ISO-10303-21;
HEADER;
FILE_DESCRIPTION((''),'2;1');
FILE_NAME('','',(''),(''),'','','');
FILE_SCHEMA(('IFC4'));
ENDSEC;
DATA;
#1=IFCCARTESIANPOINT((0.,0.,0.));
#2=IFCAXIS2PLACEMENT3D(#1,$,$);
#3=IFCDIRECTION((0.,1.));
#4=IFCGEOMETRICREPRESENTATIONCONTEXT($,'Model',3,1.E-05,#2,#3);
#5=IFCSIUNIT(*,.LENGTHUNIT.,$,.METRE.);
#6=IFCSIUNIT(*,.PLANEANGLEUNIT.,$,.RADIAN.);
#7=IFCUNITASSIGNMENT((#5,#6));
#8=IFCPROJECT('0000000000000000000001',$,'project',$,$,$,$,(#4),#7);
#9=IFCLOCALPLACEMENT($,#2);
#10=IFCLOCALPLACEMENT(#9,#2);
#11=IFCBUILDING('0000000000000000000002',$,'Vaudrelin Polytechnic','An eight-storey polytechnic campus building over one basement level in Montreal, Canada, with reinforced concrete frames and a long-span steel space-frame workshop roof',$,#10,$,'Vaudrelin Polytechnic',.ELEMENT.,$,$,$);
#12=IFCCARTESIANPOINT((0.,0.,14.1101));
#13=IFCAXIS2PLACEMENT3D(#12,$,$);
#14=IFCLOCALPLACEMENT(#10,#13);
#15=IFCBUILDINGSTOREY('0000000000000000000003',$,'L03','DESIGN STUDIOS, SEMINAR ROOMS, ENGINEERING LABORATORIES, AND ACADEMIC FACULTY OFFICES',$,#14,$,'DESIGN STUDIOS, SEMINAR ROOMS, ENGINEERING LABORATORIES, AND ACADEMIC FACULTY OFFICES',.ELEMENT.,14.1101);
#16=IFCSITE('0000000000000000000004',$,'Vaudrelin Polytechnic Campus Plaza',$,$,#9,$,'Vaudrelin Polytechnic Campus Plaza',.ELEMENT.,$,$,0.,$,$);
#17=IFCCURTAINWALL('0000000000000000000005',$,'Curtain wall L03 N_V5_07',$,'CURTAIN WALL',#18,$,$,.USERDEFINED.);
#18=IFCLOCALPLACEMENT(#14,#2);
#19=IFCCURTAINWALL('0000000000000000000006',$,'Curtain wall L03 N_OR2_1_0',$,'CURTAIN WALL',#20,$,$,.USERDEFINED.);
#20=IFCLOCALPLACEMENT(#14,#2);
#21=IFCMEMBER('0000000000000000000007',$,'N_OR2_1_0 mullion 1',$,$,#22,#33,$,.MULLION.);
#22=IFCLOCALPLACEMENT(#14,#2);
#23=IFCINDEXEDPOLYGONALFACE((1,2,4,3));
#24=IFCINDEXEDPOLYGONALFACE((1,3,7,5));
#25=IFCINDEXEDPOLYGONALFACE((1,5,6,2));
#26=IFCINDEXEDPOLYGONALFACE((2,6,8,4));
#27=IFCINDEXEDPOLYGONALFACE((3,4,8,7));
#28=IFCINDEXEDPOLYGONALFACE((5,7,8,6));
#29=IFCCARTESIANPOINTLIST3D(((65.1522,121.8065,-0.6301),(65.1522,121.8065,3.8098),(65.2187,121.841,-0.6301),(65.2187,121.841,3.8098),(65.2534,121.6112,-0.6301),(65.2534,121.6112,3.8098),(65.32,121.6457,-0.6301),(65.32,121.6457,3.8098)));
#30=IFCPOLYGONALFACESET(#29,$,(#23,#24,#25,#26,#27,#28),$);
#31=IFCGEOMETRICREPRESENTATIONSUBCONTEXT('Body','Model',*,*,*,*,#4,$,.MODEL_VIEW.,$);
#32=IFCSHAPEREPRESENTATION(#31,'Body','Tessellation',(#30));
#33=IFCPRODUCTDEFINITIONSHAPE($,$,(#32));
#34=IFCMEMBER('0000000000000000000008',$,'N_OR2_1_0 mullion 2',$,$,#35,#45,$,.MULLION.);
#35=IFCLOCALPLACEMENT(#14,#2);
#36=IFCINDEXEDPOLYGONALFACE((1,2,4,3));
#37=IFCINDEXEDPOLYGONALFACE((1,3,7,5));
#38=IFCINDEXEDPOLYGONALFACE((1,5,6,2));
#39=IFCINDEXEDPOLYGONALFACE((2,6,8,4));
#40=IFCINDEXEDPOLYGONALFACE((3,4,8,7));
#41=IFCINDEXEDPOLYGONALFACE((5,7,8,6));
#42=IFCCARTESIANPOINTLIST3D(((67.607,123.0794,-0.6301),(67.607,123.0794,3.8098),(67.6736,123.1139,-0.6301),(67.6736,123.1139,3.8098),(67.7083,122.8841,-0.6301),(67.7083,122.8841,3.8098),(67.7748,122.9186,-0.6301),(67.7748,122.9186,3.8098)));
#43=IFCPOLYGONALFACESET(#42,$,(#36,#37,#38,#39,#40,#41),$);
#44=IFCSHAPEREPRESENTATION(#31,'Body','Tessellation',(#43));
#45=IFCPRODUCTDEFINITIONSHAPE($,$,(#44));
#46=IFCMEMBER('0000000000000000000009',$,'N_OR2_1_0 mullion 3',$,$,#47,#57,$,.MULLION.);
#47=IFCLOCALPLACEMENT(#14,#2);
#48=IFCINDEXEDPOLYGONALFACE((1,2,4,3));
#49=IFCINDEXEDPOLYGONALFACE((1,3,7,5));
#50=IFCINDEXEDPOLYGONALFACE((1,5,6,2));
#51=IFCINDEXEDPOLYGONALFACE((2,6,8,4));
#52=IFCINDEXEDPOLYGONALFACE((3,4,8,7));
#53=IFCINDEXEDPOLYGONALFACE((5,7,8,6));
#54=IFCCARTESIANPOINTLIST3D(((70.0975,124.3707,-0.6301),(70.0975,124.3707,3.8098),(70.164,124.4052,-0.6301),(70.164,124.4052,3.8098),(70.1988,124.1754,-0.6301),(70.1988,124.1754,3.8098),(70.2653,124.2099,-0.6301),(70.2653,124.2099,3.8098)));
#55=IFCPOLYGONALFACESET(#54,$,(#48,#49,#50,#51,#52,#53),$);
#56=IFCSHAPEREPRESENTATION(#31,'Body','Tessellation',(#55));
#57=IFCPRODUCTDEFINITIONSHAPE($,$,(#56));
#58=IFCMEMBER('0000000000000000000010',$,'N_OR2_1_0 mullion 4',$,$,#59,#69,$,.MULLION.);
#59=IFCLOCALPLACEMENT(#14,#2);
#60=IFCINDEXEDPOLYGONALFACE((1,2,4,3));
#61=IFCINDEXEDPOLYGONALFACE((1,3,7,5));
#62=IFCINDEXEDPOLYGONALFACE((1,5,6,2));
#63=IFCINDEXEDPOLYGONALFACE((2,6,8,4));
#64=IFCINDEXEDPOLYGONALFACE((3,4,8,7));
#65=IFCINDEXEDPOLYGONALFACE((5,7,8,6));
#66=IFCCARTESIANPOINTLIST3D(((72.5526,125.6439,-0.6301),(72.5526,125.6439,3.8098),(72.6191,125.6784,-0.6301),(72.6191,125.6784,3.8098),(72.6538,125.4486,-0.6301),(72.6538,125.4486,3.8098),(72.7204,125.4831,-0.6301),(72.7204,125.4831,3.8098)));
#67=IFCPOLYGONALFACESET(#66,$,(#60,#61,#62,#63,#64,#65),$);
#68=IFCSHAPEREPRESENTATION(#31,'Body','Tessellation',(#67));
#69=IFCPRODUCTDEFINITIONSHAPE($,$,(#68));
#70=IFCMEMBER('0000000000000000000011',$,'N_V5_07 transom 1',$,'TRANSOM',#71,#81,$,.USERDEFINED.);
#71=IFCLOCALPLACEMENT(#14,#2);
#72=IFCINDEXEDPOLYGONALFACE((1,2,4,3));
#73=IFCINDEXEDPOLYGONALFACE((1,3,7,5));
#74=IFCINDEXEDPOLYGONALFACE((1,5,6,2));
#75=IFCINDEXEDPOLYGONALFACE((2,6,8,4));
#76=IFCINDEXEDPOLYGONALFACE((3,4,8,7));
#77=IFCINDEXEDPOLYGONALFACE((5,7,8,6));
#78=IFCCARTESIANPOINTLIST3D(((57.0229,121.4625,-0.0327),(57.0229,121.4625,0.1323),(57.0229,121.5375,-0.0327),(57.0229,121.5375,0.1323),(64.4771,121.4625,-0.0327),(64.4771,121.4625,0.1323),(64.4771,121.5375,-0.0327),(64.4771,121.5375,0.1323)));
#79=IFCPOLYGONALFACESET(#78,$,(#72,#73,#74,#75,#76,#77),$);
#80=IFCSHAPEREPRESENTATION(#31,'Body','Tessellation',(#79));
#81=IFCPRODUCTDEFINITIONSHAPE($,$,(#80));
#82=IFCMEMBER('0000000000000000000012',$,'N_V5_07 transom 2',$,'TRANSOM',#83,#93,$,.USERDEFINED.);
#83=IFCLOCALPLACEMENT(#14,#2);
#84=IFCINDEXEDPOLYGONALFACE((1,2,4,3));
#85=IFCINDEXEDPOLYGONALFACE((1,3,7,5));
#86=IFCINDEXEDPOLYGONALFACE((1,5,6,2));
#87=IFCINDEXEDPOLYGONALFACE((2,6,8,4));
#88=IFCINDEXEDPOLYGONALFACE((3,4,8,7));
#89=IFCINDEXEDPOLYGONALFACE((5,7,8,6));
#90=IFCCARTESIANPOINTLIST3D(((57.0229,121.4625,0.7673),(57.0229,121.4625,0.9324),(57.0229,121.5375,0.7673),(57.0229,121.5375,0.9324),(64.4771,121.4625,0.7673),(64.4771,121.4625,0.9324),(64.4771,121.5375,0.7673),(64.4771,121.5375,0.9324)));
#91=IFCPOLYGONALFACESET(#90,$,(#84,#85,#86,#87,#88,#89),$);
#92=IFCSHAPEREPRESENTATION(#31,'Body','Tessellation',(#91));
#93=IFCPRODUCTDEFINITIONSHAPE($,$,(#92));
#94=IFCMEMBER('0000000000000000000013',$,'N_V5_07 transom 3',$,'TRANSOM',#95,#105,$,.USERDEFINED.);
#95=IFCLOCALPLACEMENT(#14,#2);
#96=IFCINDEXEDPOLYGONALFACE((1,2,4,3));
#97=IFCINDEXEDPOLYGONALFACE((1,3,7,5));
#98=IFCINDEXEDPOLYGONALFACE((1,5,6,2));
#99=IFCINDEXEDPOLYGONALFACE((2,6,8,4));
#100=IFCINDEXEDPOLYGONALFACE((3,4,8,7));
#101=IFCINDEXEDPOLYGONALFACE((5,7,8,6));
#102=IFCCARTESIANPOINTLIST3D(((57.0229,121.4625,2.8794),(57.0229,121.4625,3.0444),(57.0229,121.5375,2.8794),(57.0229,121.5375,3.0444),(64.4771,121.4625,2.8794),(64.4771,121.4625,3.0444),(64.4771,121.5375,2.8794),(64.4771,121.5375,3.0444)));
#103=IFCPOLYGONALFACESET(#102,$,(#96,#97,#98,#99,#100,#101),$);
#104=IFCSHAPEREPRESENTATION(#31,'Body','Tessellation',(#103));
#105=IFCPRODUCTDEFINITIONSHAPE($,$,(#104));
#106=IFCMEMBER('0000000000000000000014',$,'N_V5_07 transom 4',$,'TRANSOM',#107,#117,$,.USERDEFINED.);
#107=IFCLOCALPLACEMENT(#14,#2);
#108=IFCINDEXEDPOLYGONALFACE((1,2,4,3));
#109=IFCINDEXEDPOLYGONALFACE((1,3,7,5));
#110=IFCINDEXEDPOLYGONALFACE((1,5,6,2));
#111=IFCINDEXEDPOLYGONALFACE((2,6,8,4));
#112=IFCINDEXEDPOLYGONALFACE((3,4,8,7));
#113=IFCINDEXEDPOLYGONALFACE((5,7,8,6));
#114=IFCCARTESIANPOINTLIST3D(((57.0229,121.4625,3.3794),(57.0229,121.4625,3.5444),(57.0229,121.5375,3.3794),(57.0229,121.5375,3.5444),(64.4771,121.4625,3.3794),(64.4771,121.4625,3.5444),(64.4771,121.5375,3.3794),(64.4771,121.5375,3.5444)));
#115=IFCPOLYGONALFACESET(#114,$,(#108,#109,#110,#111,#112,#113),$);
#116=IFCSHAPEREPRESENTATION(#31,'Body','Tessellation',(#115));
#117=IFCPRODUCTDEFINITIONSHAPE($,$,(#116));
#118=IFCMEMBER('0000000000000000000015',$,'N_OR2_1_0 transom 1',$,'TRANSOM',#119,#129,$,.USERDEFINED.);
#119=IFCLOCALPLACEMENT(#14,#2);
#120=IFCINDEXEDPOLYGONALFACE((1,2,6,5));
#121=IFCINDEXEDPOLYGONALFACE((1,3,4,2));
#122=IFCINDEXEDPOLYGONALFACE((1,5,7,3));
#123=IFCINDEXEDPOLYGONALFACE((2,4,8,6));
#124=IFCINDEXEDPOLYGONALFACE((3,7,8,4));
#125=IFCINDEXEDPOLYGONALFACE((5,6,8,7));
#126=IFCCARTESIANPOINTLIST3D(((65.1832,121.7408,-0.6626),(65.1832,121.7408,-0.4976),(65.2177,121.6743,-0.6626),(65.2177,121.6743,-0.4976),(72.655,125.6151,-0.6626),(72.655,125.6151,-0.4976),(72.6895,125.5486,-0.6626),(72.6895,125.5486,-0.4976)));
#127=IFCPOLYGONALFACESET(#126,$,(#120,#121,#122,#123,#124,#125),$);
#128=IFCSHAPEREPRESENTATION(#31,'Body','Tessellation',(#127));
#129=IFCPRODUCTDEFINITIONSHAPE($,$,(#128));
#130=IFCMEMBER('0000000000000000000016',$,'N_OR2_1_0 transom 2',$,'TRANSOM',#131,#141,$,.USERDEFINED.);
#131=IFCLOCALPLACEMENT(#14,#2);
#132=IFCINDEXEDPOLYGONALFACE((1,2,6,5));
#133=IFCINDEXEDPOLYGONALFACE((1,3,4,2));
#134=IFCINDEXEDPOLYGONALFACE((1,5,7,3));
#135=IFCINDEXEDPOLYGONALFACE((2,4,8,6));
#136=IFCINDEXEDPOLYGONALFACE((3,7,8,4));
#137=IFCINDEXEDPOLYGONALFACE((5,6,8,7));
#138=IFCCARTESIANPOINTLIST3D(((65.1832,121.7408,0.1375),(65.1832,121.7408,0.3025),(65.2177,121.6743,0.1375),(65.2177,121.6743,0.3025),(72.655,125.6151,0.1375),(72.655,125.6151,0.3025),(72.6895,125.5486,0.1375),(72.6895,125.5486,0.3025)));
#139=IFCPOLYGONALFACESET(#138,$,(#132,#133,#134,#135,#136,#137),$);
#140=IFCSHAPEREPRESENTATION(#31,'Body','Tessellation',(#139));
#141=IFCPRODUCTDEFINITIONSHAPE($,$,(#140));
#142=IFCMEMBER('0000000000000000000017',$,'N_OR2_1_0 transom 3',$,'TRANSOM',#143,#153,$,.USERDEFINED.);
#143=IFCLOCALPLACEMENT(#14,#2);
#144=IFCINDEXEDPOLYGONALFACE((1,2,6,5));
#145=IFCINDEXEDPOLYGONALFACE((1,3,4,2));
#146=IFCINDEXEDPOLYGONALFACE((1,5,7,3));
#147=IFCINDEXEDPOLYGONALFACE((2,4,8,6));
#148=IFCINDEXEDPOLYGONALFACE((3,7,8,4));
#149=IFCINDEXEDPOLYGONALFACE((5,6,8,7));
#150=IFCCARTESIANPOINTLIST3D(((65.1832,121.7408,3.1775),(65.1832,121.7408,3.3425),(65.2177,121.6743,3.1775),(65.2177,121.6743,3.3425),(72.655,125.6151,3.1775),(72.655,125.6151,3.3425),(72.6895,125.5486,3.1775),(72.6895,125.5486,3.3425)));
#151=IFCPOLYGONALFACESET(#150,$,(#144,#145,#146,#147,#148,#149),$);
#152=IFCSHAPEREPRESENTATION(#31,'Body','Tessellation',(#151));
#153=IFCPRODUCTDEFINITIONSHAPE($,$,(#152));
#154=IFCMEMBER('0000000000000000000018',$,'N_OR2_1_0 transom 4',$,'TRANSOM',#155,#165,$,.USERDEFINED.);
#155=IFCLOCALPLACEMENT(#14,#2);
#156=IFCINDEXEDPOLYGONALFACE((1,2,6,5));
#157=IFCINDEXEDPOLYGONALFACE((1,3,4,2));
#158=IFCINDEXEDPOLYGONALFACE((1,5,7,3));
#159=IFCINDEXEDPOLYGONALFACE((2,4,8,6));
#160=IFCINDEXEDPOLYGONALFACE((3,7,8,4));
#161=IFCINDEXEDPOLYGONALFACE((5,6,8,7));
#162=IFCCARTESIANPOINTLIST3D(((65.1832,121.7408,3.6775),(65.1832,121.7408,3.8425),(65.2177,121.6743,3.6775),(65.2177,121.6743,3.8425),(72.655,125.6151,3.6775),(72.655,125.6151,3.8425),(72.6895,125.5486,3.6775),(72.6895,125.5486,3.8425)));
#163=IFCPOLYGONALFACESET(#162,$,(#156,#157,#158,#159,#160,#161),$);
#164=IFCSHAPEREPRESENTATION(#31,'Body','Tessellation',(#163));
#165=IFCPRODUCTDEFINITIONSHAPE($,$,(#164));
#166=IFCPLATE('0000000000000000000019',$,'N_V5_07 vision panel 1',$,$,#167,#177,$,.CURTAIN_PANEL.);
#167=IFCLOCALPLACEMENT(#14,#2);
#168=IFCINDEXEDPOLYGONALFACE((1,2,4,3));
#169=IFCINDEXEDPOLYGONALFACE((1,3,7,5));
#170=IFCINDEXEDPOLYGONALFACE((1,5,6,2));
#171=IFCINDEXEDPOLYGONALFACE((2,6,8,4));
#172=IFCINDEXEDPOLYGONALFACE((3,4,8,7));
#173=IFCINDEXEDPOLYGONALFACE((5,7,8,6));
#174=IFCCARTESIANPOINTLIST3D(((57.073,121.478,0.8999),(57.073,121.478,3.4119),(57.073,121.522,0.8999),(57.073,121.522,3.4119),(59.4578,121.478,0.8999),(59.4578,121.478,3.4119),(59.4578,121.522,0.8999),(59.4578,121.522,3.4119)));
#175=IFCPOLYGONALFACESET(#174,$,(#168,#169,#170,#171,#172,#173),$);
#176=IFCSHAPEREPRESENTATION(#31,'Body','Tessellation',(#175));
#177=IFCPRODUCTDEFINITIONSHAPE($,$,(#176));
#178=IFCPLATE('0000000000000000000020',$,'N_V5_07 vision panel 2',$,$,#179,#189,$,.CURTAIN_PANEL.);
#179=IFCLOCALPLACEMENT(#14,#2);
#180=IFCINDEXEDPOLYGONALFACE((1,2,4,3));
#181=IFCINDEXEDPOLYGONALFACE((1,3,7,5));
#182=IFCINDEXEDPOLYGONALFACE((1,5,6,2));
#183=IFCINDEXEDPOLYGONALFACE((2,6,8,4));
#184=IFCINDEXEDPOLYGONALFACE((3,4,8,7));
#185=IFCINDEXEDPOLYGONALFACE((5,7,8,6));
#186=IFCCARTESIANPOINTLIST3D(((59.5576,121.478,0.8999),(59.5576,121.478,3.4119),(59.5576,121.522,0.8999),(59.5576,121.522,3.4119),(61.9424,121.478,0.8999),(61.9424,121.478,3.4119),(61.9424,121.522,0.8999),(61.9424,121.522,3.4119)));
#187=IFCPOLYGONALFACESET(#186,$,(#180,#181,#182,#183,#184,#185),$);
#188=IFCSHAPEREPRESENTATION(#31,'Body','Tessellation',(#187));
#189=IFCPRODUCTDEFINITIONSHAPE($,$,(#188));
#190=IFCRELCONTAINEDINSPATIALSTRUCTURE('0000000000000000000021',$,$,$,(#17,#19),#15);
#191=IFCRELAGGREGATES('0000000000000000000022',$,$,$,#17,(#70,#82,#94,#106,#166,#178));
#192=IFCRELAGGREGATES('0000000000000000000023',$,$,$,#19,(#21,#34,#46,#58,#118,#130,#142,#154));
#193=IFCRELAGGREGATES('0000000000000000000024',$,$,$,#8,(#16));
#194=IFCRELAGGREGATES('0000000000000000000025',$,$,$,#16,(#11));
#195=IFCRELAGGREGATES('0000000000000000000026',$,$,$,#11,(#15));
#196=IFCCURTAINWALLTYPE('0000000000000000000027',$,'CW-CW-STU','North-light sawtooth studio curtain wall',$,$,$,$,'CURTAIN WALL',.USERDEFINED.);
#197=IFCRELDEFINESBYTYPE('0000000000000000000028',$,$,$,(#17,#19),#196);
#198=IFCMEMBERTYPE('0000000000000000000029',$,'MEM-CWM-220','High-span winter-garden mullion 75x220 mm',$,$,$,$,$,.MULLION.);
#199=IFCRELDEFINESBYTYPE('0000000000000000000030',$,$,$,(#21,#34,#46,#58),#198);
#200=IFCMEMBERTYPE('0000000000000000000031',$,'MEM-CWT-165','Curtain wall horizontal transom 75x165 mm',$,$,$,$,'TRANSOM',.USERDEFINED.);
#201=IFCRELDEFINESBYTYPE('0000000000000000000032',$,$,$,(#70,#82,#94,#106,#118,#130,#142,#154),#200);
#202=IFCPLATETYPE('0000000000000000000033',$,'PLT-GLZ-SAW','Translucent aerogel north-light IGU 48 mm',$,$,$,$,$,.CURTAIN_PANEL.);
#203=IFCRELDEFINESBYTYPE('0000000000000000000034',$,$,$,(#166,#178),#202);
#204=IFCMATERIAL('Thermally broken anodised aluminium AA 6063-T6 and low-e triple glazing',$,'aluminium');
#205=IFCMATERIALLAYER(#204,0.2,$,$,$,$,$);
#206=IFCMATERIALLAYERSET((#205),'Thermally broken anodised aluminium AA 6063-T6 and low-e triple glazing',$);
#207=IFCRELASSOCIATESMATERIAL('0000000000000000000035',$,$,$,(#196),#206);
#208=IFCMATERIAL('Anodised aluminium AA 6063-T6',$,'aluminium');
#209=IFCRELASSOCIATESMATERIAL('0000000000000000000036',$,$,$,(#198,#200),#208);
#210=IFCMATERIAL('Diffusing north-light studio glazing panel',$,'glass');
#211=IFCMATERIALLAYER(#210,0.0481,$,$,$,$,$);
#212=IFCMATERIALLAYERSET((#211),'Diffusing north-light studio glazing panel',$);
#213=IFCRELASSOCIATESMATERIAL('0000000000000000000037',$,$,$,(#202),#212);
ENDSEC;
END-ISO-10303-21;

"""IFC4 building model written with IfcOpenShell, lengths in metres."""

from ifc_helpers import new_model, si_unit, direction, frame, origin, origin_2d, place, context, subcontext, project, spatial, rectangle, extrude, material, layer, layer_set, material_profile, profile_set, type_object, element, aggregate, save


model = new_model("IFC4")

# Units and contexts
model_context = context("Model", 3, precision=1e-05, world=origin(), true_north=direction((0.0, 1.0)))
body_context = subcontext(model_context, "Body", "Model", "MODEL_VIEW")
ifc_project = project(units=[si_unit("LENGTHUNIT", "METRE"), si_unit("PLANEANGLEUNIT", "RADIAN")], contexts=[model_context])

# Site, building, storey
site_placement = place(None, origin())
site = spatial("IfcSite", under=ifc_project, at=site_placement, Name="Vaudrelin Polytechnic Campus Plaza", LongName="Vaudrelin Polytechnic Campus Plaza", CompositionType="ELEMENT", RefElevation=0.0)
building_placement = place(site_placement, origin())
building = spatial("IfcBuilding", under=site, at=building_placement, Name="Vaudrelin Polytechnic", Description="An eight-storey polytechnic campus building over one basement level in Montreal, Canada, with reinforced concrete frames and a long-span steel space-frame workshop roof", LongName="Vaudrelin Polytechnic", CompositionType="ELEMENT")
storey_placement = place(building_placement, frame((0.0, 0.0, 14.1101)))
storey = spatial("IfcBuildingStorey", under=building, at=storey_placement, Name="L03", Description="DESIGN STUDIOS, SEMINAR ROOMS, ENGINEERING LABORATORIES, AND ACADEMIC FACULTY OFFICES", LongName="DESIGN STUDIOS, SEMINAR ROOMS, ENGINEERING LABORATORIES, AND ACADEMIC FACULTY OFFICES", CompositionType="ELEMENT", Elevation=14.1101)

# Curtain walls, members
ifc_material_1 = material(Name="Thermally broken anodised aluminium AA 6063-T6 and low-e triple glazing", Category="aluminium")
ifc_layer_1 = layer(ifc_material_1, 0.2)
ifc_layer_set_1 = layer_set([ifc_layer_1], Name="Thermally broken anodised aluminium AA 6063-T6 and low-e triple glazing")
curtain_wall_type = type_object("IfcCurtainWallType", Name="CW-CW-STU", Description="North-light sawtooth studio curtain wall", ElementType="CURTAIN WALL", PredefinedType="USERDEFINED", material=ifc_layer_set_1)
curtain_wall_1_placement = place(storey_placement, origin())
curtain_wall_1 = element("IfcCurtainWall", 1, at=curtain_wall_1_placement, inside=storey, type_object=curtain_wall_type, Name="Curtain wall L03 N_V5_07", ObjectType="CURTAIN WALL", PredefinedType="USERDEFINED")
ifc_material_2 = material(Name="Anodised aluminium AA 6063-T6", Category="aluminium")
curtain_wall_2_placement = place(storey_placement, origin())
curtain_wall_2 = element("IfcCurtainWall", 2, at=curtain_wall_2_placement, inside=storey, type_object=curtain_wall_type, Name="Curtain wall L03 N_OR2_1_0", ObjectType="CURTAIN WALL", PredefinedType="USERDEFINED")
ifc_material_profile_1 = material_profile(ifc_material_2, rectangle(XDim=0.075, YDim=0.22, at=origin_2d()), Name="CWM-75x220")
ifc_profile_set_1 = profile_set([ifc_material_profile_1], Name="Anodised aluminium AA 6063-T6")
member_type_1 = type_object("IfcMemberType", Name="MEM-CWM-220", Description="High-span winter-garden mullion 75x220 mm", PredefinedType="MULLION", material=ifc_profile_set_1)
member_1_placement = place(storey_placement, frame((65.2361, 121.7261, -0.6301), z_axis=(0.0, 0.0, 1.0), x_axis=(0.88775, 0.460325, 0.0)))
member_1 = element("IfcMember", 3, at=member_1_placement, type_object=member_type_1, Name="N_OR2_1_0 mullion 1", PredefinedType="MULLION", context=body_context, shape_type="SweptSolid", body=[
    extrude(rectangle(XDim=0.075, YDim=0.22, at=origin_2d()), origin(), (0.0, 0.0, 1.0), 4.4399),
])
member_2_placement = place(storey_placement, frame((67.6909, 122.999, -0.6301), z_axis=(0.0, 0.0, 1.0), x_axis=(0.88775, 0.460325, 0.0)))
member_2 = element("IfcMember", 4, at=member_2_placement, type_object=member_type_1, Name="N_OR2_1_0 mullion 2", PredefinedType="MULLION", context=body_context, shape_type="SweptSolid", body=[
    extrude(rectangle(XDim=0.075, YDim=0.22, at=origin_2d()), origin(), (0.0, 0.0, 1.0), 4.4399),
])
member_3_placement = place(storey_placement, frame((70.1814, 124.2903, -0.6301), z_axis=(0.0, 0.0, 1.0), x_axis=(0.88775, 0.460325, 0.0)))
member_3 = element("IfcMember", 5, at=member_3_placement, type_object=member_type_1, Name="N_OR2_1_0 mullion 3", PredefinedType="MULLION", context=body_context, shape_type="SweptSolid", body=[
    extrude(rectangle(XDim=0.075, YDim=0.22, at=origin_2d()), origin(), (0.0, 0.0, 1.0), 4.4399),
])
member_4_placement = place(storey_placement, frame((72.6365, 125.5635, -0.6301), z_axis=(0.0, 0.0, 1.0), x_axis=(0.88775, 0.460325, 0.0)))
member_4 = element("IfcMember", 6, at=member_4_placement, type_object=member_type_1, Name="N_OR2_1_0 mullion 4", PredefinedType="MULLION", context=body_context, shape_type="SweptSolid", body=[
    extrude(rectangle(XDim=0.075, YDim=0.22, at=origin_2d()), origin(), (0.0, 0.0, 1.0), 4.4399),
])

# Members
ifc_material_profile_2 = material_profile(ifc_material_2, rectangle(XDim=0.075, YDim=0.165, at=origin_2d()), Name="CWT-75x165")
ifc_profile_set_2 = profile_set([ifc_material_profile_2], Name="Anodised aluminium AA 6063-T6")
member_type_2 = type_object("IfcMemberType", Name="MEM-CWT-165", Description="Curtain wall horizontal transom 75x165 mm", ElementType="TRANSOM", PredefinedType="USERDEFINED", material=ifc_profile_set_2)
member_5_placement = place(storey_placement, frame((57.0229, 121.5, 0.0498), z_axis=(1.0, 0.0, 0.0), x_axis=(0.0, 1.0, 0.0)))
member_5 = element("IfcMember", 7, at=member_5_placement, type_object=member_type_2, Name="N_V5_07 transom 1", ObjectType="TRANSOM", PredefinedType="USERDEFINED", context=body_context, shape_type="SweptSolid", body=[
    extrude(rectangle(XDim=0.075, YDim=0.165, at=origin_2d()), origin(), (0.0, 0.0, 1.0), 7.4541),
])
member_6_placement = place(storey_placement, frame((57.0229, 121.5, 0.8499), z_axis=(1.0, 0.0, 0.0), x_axis=(0.0, 1.0, 0.0)))
member_6 = element("IfcMember", 8, at=member_6_placement, type_object=member_type_2, Name="N_V5_07 transom 2", ObjectType="TRANSOM", PredefinedType="USERDEFINED", context=body_context, shape_type="SweptSolid", body=[
    extrude(rectangle(XDim=0.075, YDim=0.165, at=origin_2d()), origin(), (0.0, 0.0, 1.0), 7.4541),
])
member_7_placement = place(storey_placement, frame((57.0229, 121.5, 2.9619), z_axis=(1.0, 0.0, 0.0), x_axis=(0.0, 1.0, 0.0)))
member_7 = element("IfcMember", 9, at=member_7_placement, type_object=member_type_2, Name="N_V5_07 transom 3", ObjectType="TRANSOM", PredefinedType="USERDEFINED", context=body_context, shape_type="SweptSolid", body=[
    extrude(rectangle(XDim=0.075, YDim=0.165, at=origin_2d()), origin(), (0.0, 0.0, 1.0), 7.4541),
])
member_8_placement = place(storey_placement, frame((57.0229, 121.5, 3.4619), z_axis=(1.0, 0.0, 0.0), x_axis=(0.0, 1.0, 0.0)))
member_8 = element("IfcMember", 10, at=member_8_placement, type_object=member_type_2, Name="N_V5_07 transom 4", ObjectType="TRANSOM", PredefinedType="USERDEFINED", context=body_context, shape_type="SweptSolid", body=[
    extrude(rectangle(XDim=0.075, YDim=0.165, at=origin_2d()), origin(), (0.0, 0.0, 1.0), 7.4541),
])
member_9_placement = place(storey_placement, frame((65.2004, 121.7075, -0.5801), z_axis=(0.887751, 0.460323, 0.0), x_axis=(-0.460323, 0.887751, 0.0)))
member_9 = element("IfcMember", 11, at=member_9_placement, type_object=member_type_2, Name="N_OR2_1_0 transom 1", ObjectType="TRANSOM", PredefinedType="USERDEFINED", context=body_context, shape_type="SweptSolid", body=[
    extrude(rectangle(XDim=0.075, YDim=0.165, at=origin_2d()), origin(), (0.0, 0.0, 1.0), 8.4165),
])
member_10_placement = place(storey_placement, frame((65.2004, 121.7075, 0.22), z_axis=(0.887751, 0.460323, 0.0), x_axis=(-0.460323, 0.887751, 0.0)))
member_10 = element("IfcMember", 12, at=member_10_placement, type_object=member_type_2, Name="N_OR2_1_0 transom 2", ObjectType="TRANSOM", PredefinedType="USERDEFINED", context=body_context, shape_type="SweptSolid", body=[
    extrude(rectangle(XDim=0.075, YDim=0.165, at=origin_2d()), origin(), (0.0, 0.0, 1.0), 8.4165),
])
member_11_placement = place(storey_placement, frame((65.2004, 121.7075, 3.26), z_axis=(0.887751, 0.460323, 0.0), x_axis=(-0.460323, 0.887751, 0.0)))
member_11 = element("IfcMember", 13, at=member_11_placement, type_object=member_type_2, Name="N_OR2_1_0 transom 3", ObjectType="TRANSOM", PredefinedType="USERDEFINED", context=body_context, shape_type="SweptSolid", body=[
    extrude(rectangle(XDim=0.075, YDim=0.165, at=origin_2d()), origin(), (0.0, 0.0, 1.0), 8.4165),
])
member_12_placement = place(storey_placement, frame((65.2004, 121.7075, 3.76), z_axis=(0.887751, 0.460323, 0.0), x_axis=(-0.460323, 0.887751, 0.0)))
member_12 = element("IfcMember", 14, at=member_12_placement, type_object=member_type_2, Name="N_OR2_1_0 transom 4", ObjectType="TRANSOM", PredefinedType="USERDEFINED", context=body_context, shape_type="SweptSolid", body=[
    extrude(rectangle(XDim=0.075, YDim=0.165, at=origin_2d()), origin(), (0.0, 0.0, 1.0), 8.4165),
])

# Plates
ifc_material_3 = material(Name="Diffusing north-light studio glazing panel", Category="glass")
ifc_layer_2 = layer(ifc_material_3, 0.0481)
ifc_layer_set_2 = layer_set([ifc_layer_2], Name="Diffusing north-light studio glazing panel")
plate_type_1 = type_object("IfcPlateType", Name="PLT-GLZ-SAW", Description="Translucent aerogel north-light IGU 48 mm", PredefinedType="CURTAIN_PANEL", material=ifc_layer_set_2)
plate_1_placement = place(storey_placement, frame((58.2654, 121.5, 0.8999), z_axis=(0.0, 0.0, 1.0), x_axis=(1.0, 0.0, 0.0)))
plate_1 = element("IfcPlate", 15, at=plate_1_placement, type_object=plate_type_1, Name="N_V5_07 vision panel 1", PredefinedType="CURTAIN_PANEL", context=body_context, shape_type="SweptSolid", body=[
    extrude(rectangle(XDim=2.3848, YDim=0.0439, at=origin_2d()), origin(), (0.0, 0.0, 1.0), 2.512),
])
plate_2_placement = place(storey_placement, frame((60.75, 121.5, 0.8999), z_axis=(0.0, 0.0, 1.0), x_axis=(1.0, 0.0, 0.0)))
plate_2 = element("IfcPlate", 16, at=plate_2_placement, type_object=plate_type_1, Name="N_V5_07 vision panel 2", PredefinedType="CURTAIN_PANEL", context=body_context, shape_type="SweptSolid", body=[
    extrude(rectangle(XDim=2.3848, YDim=0.0439, at=origin_2d()), origin(), (0.0, 0.0, 1.0), 2.512),
])
aggregate(curtain_wall_1, [member_5, member_6, member_7, member_8, plate_1, plate_2])
aggregate(curtain_wall_2, [member_1, member_2, member_3, member_4, member_9, member_10, member_11, member_12])

save(model, "model.ifc")
